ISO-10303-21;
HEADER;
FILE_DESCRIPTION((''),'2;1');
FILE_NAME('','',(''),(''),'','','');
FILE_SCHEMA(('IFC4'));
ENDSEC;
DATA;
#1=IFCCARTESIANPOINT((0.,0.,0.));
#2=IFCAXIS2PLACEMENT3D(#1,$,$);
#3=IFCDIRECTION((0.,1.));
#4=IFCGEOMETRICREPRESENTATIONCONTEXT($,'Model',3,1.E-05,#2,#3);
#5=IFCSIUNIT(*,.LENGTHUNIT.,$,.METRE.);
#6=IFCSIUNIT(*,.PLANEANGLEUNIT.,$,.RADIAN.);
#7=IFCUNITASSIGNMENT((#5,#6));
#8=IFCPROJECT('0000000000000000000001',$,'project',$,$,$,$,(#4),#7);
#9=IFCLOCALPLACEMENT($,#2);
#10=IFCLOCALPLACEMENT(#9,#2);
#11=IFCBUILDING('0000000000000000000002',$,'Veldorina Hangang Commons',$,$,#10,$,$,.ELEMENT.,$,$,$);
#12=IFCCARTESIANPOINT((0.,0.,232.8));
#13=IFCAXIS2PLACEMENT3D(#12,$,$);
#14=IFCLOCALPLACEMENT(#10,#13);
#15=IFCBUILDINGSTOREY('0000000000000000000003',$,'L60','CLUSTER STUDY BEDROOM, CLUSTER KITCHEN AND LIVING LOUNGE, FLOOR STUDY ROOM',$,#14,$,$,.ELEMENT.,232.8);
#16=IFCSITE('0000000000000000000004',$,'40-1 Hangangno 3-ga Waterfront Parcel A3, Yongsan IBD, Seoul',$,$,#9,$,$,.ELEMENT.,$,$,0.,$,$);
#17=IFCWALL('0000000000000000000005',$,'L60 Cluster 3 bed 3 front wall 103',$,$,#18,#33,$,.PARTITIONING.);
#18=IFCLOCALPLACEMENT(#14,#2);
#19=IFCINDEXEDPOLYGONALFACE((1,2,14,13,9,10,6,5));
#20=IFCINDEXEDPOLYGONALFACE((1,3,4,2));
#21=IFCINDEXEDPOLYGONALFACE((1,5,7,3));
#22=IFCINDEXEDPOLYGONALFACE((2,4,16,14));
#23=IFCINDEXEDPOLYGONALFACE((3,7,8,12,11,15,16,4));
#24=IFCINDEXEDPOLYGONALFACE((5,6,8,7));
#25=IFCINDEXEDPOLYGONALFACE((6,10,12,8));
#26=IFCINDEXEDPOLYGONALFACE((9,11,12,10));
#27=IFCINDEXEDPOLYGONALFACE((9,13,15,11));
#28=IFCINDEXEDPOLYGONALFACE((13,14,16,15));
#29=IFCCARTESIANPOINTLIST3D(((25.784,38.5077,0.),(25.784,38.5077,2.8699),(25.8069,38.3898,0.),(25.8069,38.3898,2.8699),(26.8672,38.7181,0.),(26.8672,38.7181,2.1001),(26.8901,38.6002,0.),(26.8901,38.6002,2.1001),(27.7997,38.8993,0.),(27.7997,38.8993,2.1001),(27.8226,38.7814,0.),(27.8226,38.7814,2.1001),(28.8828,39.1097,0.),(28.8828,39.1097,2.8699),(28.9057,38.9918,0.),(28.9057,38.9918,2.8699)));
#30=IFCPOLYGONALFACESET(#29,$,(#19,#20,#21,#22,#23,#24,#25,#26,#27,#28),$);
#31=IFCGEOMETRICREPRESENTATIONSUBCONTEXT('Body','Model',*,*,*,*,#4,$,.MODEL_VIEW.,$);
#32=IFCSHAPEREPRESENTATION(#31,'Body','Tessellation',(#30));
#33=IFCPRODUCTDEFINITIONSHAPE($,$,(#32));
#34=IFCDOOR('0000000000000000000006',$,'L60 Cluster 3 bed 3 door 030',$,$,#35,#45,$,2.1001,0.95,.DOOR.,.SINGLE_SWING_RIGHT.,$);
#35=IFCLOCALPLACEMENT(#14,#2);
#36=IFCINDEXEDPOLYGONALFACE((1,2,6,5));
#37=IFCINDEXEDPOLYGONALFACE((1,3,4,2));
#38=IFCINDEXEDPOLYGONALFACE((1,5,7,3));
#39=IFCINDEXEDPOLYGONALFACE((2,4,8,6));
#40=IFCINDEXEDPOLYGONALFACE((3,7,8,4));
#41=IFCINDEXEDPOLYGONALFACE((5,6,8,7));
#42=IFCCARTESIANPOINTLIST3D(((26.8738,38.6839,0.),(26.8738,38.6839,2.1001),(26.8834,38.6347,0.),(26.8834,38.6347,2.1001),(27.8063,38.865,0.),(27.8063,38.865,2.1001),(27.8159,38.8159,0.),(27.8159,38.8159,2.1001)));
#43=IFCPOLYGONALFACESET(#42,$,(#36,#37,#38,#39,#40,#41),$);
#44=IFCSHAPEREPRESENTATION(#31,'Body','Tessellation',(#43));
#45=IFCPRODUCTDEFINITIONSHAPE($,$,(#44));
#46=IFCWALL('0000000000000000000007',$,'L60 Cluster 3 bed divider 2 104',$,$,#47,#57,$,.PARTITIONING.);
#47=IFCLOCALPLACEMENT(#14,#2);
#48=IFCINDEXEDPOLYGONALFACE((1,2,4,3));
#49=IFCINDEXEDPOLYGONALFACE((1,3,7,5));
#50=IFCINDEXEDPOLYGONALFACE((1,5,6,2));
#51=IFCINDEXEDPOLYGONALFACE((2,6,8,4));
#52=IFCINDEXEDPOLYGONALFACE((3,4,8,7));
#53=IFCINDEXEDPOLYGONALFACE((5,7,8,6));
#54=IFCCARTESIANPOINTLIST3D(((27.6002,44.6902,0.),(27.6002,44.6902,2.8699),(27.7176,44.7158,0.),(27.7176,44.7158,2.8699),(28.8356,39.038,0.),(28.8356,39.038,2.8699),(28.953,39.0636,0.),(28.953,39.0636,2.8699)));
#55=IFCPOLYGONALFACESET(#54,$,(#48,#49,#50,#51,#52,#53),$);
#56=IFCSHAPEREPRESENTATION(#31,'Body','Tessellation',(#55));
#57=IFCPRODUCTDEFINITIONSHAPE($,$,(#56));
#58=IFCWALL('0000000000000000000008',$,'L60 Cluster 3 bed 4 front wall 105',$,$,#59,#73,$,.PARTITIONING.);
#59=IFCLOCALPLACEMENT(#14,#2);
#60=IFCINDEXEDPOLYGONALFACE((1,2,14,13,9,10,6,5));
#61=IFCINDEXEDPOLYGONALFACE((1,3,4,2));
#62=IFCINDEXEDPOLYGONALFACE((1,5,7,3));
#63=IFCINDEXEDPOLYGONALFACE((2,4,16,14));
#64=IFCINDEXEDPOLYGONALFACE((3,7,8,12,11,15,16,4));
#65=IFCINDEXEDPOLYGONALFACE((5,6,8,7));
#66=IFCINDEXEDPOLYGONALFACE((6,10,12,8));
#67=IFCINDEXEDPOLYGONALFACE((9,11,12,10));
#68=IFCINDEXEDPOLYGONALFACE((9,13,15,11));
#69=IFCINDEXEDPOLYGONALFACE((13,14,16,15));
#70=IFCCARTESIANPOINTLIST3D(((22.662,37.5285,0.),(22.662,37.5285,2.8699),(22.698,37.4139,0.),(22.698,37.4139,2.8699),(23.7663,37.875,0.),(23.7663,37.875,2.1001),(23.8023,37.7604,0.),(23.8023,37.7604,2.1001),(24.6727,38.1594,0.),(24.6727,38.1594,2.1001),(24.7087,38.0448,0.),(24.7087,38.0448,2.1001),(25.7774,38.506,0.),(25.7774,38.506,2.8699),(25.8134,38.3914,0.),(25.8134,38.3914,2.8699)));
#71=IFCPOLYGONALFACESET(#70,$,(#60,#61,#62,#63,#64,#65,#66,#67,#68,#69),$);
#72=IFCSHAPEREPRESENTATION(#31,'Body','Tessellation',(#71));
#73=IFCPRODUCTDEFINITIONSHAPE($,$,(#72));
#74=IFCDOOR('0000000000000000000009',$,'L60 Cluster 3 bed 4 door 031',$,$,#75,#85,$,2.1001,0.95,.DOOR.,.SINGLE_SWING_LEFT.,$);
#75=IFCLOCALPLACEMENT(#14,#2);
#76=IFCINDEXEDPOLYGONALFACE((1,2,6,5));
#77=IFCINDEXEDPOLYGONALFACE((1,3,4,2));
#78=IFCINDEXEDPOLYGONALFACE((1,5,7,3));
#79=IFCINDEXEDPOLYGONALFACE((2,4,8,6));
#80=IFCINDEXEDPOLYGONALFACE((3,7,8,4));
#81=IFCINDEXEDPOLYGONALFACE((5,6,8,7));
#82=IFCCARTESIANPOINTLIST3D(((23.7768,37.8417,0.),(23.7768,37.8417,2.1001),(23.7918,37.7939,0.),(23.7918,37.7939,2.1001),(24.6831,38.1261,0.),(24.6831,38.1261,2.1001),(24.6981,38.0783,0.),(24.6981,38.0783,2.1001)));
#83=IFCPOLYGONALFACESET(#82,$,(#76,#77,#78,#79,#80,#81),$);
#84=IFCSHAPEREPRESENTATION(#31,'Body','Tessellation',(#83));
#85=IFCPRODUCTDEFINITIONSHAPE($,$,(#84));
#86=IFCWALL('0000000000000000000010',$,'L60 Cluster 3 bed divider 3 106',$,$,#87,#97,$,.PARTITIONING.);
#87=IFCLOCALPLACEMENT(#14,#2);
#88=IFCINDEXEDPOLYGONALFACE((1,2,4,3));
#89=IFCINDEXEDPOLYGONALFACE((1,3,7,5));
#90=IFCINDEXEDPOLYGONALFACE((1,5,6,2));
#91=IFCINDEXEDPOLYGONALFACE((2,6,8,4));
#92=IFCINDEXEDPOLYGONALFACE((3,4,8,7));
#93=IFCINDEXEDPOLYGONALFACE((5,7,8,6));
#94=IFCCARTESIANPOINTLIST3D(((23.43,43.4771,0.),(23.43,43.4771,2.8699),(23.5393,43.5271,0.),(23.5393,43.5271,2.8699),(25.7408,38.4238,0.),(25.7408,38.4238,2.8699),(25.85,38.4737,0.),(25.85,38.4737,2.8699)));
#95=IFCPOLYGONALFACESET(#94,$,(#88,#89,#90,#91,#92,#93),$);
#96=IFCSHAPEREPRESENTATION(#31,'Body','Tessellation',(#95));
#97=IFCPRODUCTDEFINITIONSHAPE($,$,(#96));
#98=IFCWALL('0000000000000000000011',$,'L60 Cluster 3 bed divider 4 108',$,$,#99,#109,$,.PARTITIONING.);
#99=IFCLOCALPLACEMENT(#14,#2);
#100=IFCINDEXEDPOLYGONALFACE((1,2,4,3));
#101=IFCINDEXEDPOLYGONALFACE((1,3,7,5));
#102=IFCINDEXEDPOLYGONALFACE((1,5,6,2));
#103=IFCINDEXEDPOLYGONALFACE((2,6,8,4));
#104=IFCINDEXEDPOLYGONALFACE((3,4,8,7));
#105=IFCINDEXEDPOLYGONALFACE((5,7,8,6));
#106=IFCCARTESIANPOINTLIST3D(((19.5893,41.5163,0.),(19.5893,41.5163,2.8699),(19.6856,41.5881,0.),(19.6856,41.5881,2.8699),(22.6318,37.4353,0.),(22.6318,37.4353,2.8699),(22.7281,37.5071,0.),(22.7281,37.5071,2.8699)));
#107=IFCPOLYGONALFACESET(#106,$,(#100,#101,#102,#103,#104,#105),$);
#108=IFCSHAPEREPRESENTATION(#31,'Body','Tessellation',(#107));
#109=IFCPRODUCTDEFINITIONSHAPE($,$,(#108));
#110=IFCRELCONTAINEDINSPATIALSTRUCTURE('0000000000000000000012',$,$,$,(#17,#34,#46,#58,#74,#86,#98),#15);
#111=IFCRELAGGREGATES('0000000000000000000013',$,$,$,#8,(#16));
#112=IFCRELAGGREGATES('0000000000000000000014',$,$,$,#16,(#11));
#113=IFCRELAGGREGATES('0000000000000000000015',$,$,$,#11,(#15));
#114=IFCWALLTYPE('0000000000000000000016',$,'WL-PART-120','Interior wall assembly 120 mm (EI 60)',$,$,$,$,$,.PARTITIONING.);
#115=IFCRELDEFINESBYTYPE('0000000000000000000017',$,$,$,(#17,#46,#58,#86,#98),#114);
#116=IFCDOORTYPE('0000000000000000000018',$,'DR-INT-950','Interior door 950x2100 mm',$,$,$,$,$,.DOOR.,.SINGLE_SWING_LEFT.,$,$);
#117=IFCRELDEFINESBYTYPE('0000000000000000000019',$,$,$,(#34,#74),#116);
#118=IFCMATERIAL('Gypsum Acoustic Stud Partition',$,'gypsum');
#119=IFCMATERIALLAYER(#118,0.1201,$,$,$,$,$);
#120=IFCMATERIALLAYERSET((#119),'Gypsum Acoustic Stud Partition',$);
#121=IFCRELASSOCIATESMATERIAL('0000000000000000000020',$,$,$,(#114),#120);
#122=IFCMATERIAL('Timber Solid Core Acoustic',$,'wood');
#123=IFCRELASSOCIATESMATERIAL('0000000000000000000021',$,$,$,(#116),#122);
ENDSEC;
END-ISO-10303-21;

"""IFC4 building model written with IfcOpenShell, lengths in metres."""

from ifc_helpers import new_model, si_unit, direction, frame, frame_2d, origin, place, context, subcontext, project, spatial, rectangle, extrude, material, layer, layer_set, type_object, element, fill, save


model = new_model("IFC4")

# Units and contexts
model_context = context("Model", 3, precision=1e-05, world=origin(), true_north=direction((0.0, 1.0)))
body_context = subcontext(model_context, "Body", "Model", "MODEL_VIEW")
ifc_project = project(units=[si_unit("LENGTHUNIT", "METRE"), si_unit("PLANEANGLEUNIT", "RADIAN")], contexts=[model_context])

# Site, building, storey
site_placement = place(None, origin())
site = spatial("IfcSite", under=ifc_project, at=site_placement, Name="40-1 Hangangno 3-ga Waterfront Parcel A3, Yongsan IBD, Seoul", CompositionType="ELEMENT", RefElevation=0.0)
building_placement = place(site_placement, origin())
building = spatial("IfcBuilding", under=site, at=building_placement, Name="Veldorina Hangang Commons", CompositionType="ELEMENT")
storey_placement = place(building_placement, frame((0.0, 0.0, 232.8)))
storey = spatial("IfcBuildingStorey", under=building, at=storey_placement, Name="L60", Description="CLUSTER STUDY BEDROOM, CLUSTER KITCHEN AND LIVING LOUNGE, FLOOR STUDY ROOM", CompositionType="ELEMENT", Elevation=232.8)

# Wall, opening, door
ifc_material_1 = material(Name="Gypsum Acoustic Stud Partition", Category="gypsum")
ifc_layer_1 = layer(ifc_material_1, 0.1201)
ifc_layer_set_1 = layer_set([ifc_layer_1], Name="Gypsum Acoustic Stud Partition")
wall_type_1 = type_object("IfcWallType", Name="WL-PART-120", Description="Interior wall assembly 120 mm (EI 60)", PredefinedType="PARTITIONING", material=ifc_layer_set_1)
wall_1_placement = place(storey_placement, frame((28.8943, 39.0508, 0.0), z_axis=(0.0, 0.0, 1.0), x_axis=(-0.981646, -0.190714, 0.0)))
wall_1 = element("IfcWall", 1, at=wall_1_placement, inside=storey, type_object=wall_type_1, Name="L60 Cluster 3 bed 3 front wall 103", PredefinedType="PARTITIONING", context=body_context, shape_type="SweptSolid", body=[
    extrude(rectangle(XDim=3.1567, YDim=0.1201, at=frame_2d((1.5784, 0.0))), origin(), (0.0, 0.0, 1.0), 2.8699),
])
opening_1_placement = place(wall_1_placement, frame((1.1033, 0.0, 0.0)))
opening_1 = element("IfcOpeningElement", 2, at=opening_1_placement, cuts=wall_1, PredefinedType="OPENING", context=body_context, shape_type="SweptSolid", body=[
    extrude(rectangle(XDim=0.95, YDim=2.1001, at=frame_2d((0.4751, 1.05))), frame((0.0, 0.0701, 0.0), z_axis=(0.0, -1.0, 0.0), x_axis=(1.0, 0.0, 0.0)), (0.0, 0.0, 1.0), 0.1401),
])
ifc_material_2 = material(Name="Timber Solid Core Acoustic", Category="wood")
door_type = type_object("IfcDoorType", Name="DR-INT-950", Description="Interior door 950x2100 mm", OperationType="SINGLE_SWING_LEFT", PredefinedType="DOOR", material=ifc_material_2)
door_1_placement = place(opening_1_placement, origin())
door_1 = element("IfcDoor", 3, at=door_1_placement, inside=storey, type_object=door_type, Name="L60 Cluster 3 bed 3 door 030", OperationType="SINGLE_SWING_RIGHT", OverallHeight=2.1001, OverallWidth=0.95, PredefinedType="DOOR", context=body_context, shape_type="SweptSolid", body=[
    extrude(rectangle(XDim=0.95, YDim=2.1001, at=frame_2d((0.4751, 1.05))), frame((0.0, 0.0249, 0.0), z_axis=(0.0, -1.0, 0.0), x_axis=(1.0, 0.0, 0.0)), (0.0, 0.0, 1.0), 0.05),
])
fill(opening_1, door_1)

# Wall
wall_2_placement = place(storey_placement, frame((28.8943, 39.0508, 0.0), z_axis=(0.0, 0.0, 1.0), x_axis=(-0.213524, 0.976938, 0.0)))
element("IfcWall", 4, at=wall_2_placement, inside=storey, type_object=wall_type_1, Name="L60 Cluster 3 bed divider 2 104", PredefinedType="PARTITIONING", context=body_context, shape_type="SweptSolid", body=[
    extrude(rectangle(XDim=5.7856, YDim=0.1201, at=frame_2d((2.8928, 0.0))), origin(), (0.0, 0.0, 1.0), 2.8699),
])

# Wall, opening, door
wall_3_placement = place(storey_placement, frame((25.7954, 38.4487, 0.0), z_axis=(0.0, 0.0, 1.0), x_axis=(-0.954135, -0.299377, 0.0)))
wall_3 = element("IfcWall", 5, at=wall_3_placement, inside=storey, type_object=wall_type_1, Name="L60 Cluster 3 bed 4 front wall 105", PredefinedType="PARTITIONING", context=body_context, shape_type="SweptSolid", body=[
    extrude(rectangle(XDim=3.2651, YDim=0.1201, at=frame_2d((1.6326, 0.0))), origin(), (0.0, 0.0, 1.0), 2.8699),
])
opening_2_placement = place(wall_3_placement, frame((1.1577, 0.0, 0.0)))
opening_2 = element("IfcOpeningElement", 6, at=opening_2_placement, cuts=wall_3, PredefinedType="OPENING", context=body_context, shape_type="SweptSolid", body=[
    extrude(rectangle(XDim=0.95, YDim=2.1001, at=frame_2d((0.4751, 1.05))), frame((0.0, 0.0701, 0.0), z_axis=(0.0, -1.0, 0.0), x_axis=(1.0, 0.0, 0.0)), (0.0, 0.0, 1.0), 0.1401),
])
door_2_placement = place(opening_2_placement, origin())
door_2 = element("IfcDoor", 7, at=door_2_placement, inside=storey, type_object=door_type, Name="L60 Cluster 3 bed 4 door 031", OperationType="SINGLE_SWING_LEFT", OverallHeight=2.1001, OverallWidth=0.95, PredefinedType="DOOR", context=body_context, shape_type="SweptSolid", body=[
    extrude(rectangle(XDim=0.95, YDim=2.1001, at=frame_2d((0.4751, 1.05))), frame((0.0, 0.0249, 0.0), z_axis=(0.0, -1.0, 0.0), x_axis=(1.0, 0.0, 0.0)), (0.0, 0.0, 1.0), 0.05),
])
fill(opening_2, door_2)

# Walls
wall_4_placement = place(storey_placement, frame((25.7954, 38.4487, 0.0), z_axis=(0.0, 0.0, 1.0), x_axis=(-0.415854, 0.909431, 0.0)))
element("IfcWall", 8, at=wall_4_placement, inside=storey, type_object=wall_type_1, Name="L60 Cluster 3 bed divider 3 106", PredefinedType="PARTITIONING", context=body_context, shape_type="SweptSolid", body=[
    extrude(rectangle(XDim=5.5566, YDim=0.1201, at=frame_2d((2.7783, 0.0))), origin(), (0.0, 0.0, 1.0), 2.8699),
])
wall_5_placement = place(storey_placement, frame((22.6799, 37.4712, 0.0), z_axis=(0.0, 0.0, 1.0), x_axis=(-0.597695, 0.801723, 0.0)))
element("IfcWall", 9, at=wall_5_placement, inside=storey, type_object=wall_type_1, Name="L60 Cluster 3 bed divider 4 108", PredefinedType="PARTITIONING", context=body_context, shape_type="SweptSolid", body=[
    extrude(rectangle(XDim=5.0903, YDim=0.1201, at=frame_2d((2.5452, 0.0))), origin(), (0.0, 0.0, 1.0), 2.8699),
])

save(model, "model.ifc")
